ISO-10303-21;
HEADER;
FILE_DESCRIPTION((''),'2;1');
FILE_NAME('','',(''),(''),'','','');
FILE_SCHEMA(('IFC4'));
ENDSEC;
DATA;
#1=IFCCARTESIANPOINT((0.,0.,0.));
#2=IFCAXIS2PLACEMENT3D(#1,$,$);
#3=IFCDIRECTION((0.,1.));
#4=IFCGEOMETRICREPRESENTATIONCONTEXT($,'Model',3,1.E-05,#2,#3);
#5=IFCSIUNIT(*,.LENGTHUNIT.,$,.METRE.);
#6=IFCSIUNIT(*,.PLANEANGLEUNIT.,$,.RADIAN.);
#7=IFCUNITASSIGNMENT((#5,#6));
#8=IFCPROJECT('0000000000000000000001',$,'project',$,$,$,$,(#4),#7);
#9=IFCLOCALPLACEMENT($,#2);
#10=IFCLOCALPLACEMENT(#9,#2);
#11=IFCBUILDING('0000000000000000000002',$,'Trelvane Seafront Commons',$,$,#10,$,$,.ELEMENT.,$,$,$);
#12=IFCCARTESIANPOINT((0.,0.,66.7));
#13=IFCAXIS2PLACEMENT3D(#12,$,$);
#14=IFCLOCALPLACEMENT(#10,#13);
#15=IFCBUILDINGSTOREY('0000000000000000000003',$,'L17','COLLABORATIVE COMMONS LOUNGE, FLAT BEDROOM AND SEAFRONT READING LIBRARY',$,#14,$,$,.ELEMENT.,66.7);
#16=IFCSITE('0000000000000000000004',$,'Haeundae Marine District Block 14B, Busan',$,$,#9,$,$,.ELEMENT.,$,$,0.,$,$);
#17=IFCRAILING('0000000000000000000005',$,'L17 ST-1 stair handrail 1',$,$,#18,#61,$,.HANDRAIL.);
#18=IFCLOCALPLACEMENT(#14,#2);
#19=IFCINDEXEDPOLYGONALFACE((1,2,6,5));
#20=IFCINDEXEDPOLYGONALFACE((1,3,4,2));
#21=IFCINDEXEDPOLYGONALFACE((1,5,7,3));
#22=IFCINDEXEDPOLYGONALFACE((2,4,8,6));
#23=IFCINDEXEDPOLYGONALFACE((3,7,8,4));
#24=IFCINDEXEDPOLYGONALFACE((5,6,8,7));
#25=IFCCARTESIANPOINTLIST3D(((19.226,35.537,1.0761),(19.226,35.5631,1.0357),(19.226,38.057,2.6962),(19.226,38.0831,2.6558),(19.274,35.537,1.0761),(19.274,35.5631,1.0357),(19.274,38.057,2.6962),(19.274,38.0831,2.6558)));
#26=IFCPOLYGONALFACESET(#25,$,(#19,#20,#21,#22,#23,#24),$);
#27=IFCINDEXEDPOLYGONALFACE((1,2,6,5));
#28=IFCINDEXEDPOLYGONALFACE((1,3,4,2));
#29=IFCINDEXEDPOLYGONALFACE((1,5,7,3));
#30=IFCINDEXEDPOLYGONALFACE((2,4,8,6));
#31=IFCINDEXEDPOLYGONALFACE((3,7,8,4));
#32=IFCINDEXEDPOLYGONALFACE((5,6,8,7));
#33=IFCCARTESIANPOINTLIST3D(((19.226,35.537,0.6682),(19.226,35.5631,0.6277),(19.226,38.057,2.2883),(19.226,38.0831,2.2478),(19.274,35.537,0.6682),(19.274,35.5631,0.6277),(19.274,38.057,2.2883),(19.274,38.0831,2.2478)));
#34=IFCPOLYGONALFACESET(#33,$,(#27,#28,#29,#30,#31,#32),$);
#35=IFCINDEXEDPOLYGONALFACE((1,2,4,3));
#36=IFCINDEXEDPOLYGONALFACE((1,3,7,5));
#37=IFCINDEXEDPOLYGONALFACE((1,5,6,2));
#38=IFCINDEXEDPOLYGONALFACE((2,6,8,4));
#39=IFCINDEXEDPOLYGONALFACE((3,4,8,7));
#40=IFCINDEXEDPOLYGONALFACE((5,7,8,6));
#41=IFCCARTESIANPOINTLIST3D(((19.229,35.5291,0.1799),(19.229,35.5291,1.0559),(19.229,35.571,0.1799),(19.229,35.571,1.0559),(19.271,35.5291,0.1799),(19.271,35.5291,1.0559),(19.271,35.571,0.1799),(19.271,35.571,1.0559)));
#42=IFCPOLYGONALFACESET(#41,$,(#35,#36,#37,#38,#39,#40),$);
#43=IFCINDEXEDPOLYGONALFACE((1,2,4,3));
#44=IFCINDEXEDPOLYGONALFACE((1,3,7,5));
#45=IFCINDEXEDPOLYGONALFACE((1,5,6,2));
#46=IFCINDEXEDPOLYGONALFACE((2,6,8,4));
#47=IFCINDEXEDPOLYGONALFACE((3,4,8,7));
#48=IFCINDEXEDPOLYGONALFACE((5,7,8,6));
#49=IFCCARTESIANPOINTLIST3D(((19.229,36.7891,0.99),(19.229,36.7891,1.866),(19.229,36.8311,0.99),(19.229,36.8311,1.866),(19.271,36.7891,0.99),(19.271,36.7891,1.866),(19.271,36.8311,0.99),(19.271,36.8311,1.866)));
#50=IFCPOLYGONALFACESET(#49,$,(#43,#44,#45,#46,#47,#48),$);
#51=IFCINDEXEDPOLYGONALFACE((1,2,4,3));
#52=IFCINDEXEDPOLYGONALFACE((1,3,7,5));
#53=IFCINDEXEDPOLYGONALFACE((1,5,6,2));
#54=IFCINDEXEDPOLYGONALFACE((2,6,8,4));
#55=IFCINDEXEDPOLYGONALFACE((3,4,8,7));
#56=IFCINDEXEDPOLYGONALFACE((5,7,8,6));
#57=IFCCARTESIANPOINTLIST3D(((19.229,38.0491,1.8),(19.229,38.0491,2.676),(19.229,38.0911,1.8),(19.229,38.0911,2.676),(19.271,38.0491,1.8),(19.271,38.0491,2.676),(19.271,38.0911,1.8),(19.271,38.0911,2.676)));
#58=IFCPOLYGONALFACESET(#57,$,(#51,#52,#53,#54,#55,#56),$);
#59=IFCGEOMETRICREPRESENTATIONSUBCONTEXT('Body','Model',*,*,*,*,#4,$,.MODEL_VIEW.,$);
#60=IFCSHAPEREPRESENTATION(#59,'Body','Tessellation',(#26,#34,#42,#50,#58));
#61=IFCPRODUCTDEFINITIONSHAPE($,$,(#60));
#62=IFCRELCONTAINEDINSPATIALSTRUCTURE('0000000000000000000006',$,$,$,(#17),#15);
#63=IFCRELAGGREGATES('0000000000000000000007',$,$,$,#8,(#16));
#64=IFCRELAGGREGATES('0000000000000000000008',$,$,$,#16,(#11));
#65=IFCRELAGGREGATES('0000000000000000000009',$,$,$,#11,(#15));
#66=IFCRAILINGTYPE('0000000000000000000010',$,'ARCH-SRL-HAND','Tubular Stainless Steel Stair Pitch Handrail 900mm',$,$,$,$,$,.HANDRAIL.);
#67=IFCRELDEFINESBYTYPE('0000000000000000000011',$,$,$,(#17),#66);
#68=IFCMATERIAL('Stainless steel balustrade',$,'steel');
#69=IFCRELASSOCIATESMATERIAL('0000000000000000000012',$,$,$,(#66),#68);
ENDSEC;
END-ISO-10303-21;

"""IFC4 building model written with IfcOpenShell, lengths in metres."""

from ifc_helpers import new_model, si_unit, direction, frame, origin, origin_2d, place, context, subcontext, project, spatial, rectangle, extrude, material, type_object, element, save


model = new_model("IFC4")

# Units and contexts
model_context = context("Model", 3, precision=1e-05, world=origin(), true_north=direction((0.0, 1.0)))
body_context = subcontext(model_context, "Body", "Model", "MODEL_VIEW")
ifc_project = project(units=[si_unit("LENGTHUNIT", "METRE"), si_unit("PLANEANGLEUNIT", "RADIAN")], contexts=[model_context])

# Site, building, storey
site_placement = place(None, origin())
site = spatial("IfcSite", under=ifc_project, at=site_placement, Name="Haeundae Marine District Block 14B, Busan", CompositionType="ELEMENT", RefElevation=0.0)
building_placement = place(site_placement, origin())
building = spatial("IfcBuilding", under=site, at=building_placement, Name="Trelvane Seafront Commons", CompositionType="ELEMENT")
storey_placement = place(building_placement, frame((0.0, 0.0, 66.7)))
storey = spatial("IfcBuildingStorey", under=building, at=storey_placement, Name="L17", Description="COLLABORATIVE COMMONS LOUNGE, FLAT BEDROOM AND SEAFRONT READING LIBRARY", CompositionType="ELEMENT", Elevation=66.7)

# Shared definitions
ifc_material_1 = material(Name="Stainless steel balustrade", Category="steel")

# Railing
railing_type = type_object("IfcRailingType", Name="ARCH-SRL-HAND", Description="Tubular Stainless Steel Stair Pitch Handrail 900mm", PredefinedType="HANDRAIL", material=ifc_material_1)
railing_placement = place(storey_placement, frame((19.25, 35.55, 0.1799)))
element("IfcRailing", 1, at=railing_placement, inside=storey, type_object=railing_type, Name="L17 ST-1 stair handrail 1", PredefinedType="HANDRAIL", context=body_context, shape_type="SweptSolid", body=[
    extrude(rectangle(XDim=0.0481, YDim=0.0481, at=origin_2d()), frame((0.0, 0.0, 0.876), z_axis=(0.0, 0.841163, 0.540782), x_axis=(-1.0, 0.0, 0.0)), (0.0, 0.0, 1.0), 2.9958),
    extrude(rectangle(XDim=0.0481, YDim=0.0481, at=origin_2d()), frame((0.0, 0.0, 0.468), z_axis=(0.0, 0.841163, 0.540782), x_axis=(-1.0, 0.0, 0.0)), (0.0, 0.0, 1.0), 2.9958),
    extrude(rectangle(XDim=0.042, YDim=0.042, at=origin_2d()), origin(), (0.0, 0.0, 1.0), 0.876),
    extrude(rectangle(XDim=0.042, YDim=0.042, at=origin_2d()), frame((0.0, 1.26, 0.8101)), (0.0, 0.0, 1.0), 0.876),
    extrude(rectangle(XDim=0.042, YDim=0.042, at=origin_2d()), frame((0.0, 2.52, 1.6201)), (0.0, 0.0, 1.0), 0.876),
])

save(model, "model.ifc")
